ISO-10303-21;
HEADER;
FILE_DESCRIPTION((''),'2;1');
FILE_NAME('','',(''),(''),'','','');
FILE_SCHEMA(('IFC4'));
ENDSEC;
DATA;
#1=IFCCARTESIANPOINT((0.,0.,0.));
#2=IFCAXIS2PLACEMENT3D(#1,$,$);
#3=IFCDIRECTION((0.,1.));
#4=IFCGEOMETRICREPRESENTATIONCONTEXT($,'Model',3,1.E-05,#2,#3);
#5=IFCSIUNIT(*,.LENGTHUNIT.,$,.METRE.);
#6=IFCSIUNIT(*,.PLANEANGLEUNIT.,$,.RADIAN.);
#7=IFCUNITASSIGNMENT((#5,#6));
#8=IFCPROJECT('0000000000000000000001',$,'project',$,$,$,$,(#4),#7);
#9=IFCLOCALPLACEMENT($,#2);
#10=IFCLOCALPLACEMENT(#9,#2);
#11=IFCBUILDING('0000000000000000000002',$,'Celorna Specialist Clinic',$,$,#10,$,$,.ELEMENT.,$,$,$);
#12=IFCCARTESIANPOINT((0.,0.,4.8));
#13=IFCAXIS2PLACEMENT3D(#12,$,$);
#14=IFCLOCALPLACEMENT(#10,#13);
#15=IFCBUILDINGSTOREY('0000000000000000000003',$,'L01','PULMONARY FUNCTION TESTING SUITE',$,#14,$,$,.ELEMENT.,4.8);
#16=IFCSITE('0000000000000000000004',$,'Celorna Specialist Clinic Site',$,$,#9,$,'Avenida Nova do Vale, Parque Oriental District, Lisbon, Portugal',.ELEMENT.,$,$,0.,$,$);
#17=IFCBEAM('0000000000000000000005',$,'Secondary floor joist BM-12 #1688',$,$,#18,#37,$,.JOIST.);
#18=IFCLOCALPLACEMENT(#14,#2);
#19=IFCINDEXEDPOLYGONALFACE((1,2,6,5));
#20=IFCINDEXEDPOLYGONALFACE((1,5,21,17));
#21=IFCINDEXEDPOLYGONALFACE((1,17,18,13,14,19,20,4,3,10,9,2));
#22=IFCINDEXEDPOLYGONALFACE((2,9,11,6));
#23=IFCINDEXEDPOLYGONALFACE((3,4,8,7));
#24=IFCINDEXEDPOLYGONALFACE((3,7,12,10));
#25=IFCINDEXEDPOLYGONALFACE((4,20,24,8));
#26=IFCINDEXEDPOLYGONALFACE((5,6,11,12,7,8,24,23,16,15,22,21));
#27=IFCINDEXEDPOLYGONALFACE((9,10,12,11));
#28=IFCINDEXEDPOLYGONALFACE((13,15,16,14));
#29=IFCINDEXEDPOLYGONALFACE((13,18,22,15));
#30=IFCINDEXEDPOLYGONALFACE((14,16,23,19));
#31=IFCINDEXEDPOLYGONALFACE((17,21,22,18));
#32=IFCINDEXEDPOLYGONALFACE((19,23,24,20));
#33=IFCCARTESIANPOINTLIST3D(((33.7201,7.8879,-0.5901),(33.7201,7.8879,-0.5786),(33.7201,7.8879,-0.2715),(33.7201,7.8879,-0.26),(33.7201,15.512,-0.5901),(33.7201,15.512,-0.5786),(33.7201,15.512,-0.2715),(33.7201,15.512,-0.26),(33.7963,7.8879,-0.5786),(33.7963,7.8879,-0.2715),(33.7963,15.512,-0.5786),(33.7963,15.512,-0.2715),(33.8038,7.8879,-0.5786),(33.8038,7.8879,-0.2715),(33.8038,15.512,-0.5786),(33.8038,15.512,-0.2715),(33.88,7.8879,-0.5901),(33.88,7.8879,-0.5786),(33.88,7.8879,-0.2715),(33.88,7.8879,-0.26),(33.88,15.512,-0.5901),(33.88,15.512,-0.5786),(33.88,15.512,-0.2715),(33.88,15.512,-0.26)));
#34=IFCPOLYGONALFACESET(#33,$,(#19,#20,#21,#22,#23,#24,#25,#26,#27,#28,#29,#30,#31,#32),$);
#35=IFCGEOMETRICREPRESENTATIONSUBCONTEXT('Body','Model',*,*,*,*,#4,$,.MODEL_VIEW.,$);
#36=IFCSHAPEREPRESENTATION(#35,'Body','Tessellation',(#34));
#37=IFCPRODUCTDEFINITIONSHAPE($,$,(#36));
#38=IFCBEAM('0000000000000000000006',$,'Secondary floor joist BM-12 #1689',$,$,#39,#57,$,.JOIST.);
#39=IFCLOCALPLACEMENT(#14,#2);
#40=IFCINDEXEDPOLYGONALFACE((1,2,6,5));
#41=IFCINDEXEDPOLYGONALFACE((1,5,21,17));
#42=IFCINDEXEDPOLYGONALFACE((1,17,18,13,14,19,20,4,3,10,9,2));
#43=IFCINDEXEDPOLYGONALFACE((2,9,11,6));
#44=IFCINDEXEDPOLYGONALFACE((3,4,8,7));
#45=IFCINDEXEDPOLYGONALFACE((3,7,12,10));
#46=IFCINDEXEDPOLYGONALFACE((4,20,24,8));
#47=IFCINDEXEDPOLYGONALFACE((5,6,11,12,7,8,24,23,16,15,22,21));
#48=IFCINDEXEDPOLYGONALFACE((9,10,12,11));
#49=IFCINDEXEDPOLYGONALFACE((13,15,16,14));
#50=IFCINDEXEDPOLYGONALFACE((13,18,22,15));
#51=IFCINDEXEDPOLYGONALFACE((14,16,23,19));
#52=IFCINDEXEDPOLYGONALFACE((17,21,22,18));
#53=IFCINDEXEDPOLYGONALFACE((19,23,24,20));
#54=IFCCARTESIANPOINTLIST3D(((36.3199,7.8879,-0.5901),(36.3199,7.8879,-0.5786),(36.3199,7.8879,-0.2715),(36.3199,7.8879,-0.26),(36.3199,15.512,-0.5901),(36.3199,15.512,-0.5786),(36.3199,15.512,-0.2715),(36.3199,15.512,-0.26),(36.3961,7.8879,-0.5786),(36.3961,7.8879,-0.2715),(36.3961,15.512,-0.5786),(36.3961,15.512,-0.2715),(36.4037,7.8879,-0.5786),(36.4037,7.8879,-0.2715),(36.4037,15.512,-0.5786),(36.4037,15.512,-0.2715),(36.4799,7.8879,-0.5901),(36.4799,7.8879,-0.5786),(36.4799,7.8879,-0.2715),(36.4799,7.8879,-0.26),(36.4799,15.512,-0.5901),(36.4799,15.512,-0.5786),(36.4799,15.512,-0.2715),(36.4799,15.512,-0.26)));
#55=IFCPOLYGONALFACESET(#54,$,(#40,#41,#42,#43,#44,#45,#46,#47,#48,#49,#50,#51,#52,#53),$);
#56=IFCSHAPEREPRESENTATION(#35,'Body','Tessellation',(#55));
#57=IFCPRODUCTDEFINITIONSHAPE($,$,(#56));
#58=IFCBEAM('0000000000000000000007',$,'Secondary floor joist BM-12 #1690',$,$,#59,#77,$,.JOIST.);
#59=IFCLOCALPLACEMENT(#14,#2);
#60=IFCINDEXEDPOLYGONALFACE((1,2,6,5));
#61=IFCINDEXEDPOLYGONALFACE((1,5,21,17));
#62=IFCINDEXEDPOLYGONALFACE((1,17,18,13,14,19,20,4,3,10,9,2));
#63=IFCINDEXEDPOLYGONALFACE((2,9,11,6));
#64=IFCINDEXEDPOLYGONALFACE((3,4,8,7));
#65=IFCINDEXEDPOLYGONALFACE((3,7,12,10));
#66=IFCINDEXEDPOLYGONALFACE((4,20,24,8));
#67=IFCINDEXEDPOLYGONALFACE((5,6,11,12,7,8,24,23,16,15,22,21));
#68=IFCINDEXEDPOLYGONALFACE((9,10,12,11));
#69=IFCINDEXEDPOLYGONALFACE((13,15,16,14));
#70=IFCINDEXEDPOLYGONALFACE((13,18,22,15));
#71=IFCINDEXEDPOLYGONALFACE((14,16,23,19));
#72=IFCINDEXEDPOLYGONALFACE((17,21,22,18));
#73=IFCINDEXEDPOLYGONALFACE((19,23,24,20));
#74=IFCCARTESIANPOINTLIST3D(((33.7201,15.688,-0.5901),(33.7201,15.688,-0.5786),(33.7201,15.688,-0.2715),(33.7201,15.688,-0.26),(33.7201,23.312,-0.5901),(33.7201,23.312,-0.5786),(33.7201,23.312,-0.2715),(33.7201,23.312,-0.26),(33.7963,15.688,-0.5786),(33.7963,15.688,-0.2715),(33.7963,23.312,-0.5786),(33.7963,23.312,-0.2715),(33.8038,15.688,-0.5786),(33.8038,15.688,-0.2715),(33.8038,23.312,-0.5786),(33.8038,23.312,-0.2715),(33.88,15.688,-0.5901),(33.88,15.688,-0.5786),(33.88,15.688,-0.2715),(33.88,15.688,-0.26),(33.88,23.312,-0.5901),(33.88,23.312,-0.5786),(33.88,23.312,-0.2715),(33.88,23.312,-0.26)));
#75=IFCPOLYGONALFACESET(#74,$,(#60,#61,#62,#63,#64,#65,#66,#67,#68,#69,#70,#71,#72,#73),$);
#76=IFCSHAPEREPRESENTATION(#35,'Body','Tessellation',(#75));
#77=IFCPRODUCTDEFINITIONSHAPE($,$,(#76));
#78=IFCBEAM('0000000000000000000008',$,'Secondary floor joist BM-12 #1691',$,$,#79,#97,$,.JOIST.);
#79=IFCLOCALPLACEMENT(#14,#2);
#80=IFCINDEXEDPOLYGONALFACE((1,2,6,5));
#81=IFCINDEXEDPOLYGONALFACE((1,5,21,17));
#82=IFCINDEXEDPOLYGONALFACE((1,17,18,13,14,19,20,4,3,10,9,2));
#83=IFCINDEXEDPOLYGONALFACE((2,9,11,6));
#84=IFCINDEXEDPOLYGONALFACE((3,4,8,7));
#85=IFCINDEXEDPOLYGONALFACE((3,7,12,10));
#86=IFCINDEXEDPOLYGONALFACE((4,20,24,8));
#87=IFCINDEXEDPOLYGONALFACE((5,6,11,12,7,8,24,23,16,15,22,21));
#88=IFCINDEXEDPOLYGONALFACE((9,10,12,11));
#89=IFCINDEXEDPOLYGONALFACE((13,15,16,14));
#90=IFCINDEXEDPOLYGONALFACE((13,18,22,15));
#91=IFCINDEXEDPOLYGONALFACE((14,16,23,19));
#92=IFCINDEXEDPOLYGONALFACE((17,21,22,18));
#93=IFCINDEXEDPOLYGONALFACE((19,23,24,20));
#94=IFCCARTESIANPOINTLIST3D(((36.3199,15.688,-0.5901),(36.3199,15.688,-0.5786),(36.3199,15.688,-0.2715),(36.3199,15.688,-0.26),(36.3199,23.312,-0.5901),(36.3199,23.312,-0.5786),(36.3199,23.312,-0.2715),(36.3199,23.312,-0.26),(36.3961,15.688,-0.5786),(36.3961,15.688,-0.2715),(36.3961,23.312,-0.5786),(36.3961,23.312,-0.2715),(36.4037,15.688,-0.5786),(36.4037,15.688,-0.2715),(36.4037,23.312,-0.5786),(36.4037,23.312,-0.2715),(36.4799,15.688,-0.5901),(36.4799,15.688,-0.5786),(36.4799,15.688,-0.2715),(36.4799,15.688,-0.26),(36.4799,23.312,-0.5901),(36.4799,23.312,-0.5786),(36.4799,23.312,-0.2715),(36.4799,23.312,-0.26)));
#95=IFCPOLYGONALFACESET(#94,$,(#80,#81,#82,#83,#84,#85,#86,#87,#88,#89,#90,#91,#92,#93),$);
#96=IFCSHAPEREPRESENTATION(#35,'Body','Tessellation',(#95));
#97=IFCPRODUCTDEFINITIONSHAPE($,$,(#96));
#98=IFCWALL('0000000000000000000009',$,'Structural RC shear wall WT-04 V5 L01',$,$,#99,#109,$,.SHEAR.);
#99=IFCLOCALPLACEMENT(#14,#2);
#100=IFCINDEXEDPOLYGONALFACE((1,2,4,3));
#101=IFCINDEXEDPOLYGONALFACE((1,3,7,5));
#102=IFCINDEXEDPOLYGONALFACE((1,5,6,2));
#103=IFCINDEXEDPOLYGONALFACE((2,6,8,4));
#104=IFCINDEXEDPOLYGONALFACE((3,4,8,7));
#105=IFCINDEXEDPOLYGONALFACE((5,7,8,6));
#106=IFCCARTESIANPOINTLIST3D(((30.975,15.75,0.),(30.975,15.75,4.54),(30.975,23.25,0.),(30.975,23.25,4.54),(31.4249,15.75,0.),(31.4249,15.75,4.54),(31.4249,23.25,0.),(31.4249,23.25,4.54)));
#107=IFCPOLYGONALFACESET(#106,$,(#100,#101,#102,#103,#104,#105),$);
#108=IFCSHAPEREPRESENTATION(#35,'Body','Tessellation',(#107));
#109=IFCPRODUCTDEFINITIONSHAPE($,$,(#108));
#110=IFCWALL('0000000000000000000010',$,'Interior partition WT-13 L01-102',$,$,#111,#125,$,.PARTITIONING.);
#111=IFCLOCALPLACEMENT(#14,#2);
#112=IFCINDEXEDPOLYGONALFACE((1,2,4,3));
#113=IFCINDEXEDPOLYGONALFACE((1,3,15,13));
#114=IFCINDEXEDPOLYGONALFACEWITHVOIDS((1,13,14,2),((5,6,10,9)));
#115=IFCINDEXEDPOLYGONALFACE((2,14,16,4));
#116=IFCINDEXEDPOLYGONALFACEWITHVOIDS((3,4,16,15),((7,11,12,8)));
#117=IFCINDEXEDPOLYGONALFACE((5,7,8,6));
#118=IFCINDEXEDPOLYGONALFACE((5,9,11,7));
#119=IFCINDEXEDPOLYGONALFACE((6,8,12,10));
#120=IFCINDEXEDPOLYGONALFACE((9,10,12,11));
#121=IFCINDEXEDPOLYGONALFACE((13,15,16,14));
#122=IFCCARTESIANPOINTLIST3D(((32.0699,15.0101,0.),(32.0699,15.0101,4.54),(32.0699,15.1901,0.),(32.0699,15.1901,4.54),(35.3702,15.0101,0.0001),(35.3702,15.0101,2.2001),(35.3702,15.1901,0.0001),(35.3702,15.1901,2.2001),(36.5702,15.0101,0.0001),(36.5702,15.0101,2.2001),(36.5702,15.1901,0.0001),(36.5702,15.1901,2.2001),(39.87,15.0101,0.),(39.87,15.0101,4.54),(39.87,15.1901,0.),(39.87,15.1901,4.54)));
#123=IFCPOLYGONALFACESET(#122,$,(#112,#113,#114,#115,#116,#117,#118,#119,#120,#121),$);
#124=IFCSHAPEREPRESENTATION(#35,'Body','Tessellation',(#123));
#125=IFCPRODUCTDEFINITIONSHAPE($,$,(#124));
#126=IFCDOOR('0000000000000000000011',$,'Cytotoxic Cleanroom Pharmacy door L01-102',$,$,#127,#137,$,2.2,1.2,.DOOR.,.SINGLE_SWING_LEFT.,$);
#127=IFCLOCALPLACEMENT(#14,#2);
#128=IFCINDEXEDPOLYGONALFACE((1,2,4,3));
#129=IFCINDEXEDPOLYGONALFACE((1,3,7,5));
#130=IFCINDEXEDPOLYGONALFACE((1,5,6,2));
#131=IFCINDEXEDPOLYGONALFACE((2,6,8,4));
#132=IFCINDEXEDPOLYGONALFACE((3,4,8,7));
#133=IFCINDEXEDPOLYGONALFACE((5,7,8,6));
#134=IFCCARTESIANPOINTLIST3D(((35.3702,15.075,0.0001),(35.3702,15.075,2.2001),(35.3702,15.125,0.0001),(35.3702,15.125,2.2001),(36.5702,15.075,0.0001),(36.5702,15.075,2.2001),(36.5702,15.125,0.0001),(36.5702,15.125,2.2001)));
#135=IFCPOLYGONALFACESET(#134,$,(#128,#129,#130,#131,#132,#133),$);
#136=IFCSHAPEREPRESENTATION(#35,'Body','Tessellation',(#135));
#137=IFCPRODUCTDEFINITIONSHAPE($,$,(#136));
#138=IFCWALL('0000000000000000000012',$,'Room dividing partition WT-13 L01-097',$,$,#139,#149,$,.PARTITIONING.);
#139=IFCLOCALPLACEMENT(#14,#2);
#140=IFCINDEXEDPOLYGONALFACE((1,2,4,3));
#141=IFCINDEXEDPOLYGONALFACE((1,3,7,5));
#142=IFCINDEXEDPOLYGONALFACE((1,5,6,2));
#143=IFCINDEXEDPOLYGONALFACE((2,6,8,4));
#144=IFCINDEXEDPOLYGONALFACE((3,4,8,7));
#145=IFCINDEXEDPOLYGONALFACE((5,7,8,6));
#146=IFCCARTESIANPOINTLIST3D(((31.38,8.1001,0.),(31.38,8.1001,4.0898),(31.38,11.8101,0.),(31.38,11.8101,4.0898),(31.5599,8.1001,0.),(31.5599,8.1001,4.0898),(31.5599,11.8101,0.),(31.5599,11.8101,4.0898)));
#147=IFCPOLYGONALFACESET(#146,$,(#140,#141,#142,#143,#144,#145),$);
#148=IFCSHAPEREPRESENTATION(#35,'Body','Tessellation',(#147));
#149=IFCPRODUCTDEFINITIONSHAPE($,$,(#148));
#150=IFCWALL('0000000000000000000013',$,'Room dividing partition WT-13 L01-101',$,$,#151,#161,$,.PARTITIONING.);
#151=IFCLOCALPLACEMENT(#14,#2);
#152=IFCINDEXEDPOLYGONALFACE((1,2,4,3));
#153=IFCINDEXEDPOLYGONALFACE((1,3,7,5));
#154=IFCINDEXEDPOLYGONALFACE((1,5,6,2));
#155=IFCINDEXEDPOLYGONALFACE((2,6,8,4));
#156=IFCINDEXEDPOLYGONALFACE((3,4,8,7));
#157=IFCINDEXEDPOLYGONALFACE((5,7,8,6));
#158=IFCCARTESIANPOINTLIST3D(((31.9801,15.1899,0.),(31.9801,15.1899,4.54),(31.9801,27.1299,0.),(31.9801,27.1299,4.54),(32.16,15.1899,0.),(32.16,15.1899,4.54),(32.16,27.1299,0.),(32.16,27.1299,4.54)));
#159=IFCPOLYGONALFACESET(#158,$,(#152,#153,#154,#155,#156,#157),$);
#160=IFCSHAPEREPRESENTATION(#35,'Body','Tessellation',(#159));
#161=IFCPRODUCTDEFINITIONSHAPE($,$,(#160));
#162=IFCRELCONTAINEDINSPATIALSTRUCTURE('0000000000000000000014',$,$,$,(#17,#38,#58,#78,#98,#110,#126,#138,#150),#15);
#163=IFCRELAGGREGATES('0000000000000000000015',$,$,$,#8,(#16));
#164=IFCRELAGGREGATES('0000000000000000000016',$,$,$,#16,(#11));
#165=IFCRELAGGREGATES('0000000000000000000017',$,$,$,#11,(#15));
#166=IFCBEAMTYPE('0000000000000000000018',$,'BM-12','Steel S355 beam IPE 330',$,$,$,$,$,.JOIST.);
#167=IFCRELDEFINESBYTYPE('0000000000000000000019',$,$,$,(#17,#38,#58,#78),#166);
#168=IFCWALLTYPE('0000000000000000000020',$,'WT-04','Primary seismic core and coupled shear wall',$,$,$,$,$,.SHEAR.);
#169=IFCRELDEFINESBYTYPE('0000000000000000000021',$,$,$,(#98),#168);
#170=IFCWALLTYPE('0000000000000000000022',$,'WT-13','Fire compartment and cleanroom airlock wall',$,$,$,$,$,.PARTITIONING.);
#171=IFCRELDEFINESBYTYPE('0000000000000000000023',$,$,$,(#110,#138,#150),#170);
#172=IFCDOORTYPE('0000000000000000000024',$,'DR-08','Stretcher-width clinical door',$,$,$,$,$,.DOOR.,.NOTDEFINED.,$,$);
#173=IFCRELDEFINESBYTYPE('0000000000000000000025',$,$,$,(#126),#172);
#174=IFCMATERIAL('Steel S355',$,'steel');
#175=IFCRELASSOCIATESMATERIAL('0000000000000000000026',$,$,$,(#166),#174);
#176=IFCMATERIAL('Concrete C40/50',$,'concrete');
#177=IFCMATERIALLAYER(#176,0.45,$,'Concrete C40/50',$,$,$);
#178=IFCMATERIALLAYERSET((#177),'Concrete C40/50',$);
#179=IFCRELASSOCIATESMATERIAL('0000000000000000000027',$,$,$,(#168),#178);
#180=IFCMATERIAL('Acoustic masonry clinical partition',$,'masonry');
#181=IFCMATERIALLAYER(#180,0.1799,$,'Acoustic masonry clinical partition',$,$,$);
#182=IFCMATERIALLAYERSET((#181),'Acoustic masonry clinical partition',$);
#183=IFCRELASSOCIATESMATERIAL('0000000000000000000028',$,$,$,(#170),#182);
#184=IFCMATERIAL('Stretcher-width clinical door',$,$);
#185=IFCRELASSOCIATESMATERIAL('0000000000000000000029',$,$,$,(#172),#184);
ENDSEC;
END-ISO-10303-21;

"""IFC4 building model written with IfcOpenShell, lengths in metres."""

from ifc_helpers import new_model, si_unit, direction, frame, frame_2d, origin, origin_2d, place, context, subcontext, project, spatial, rectangle, i_section, extrude, material, layer, layer_set, material_profile, profile_set, type_object, element, fill, save


model = new_model("IFC4")

# Units and contexts
model_context = context("Model", 3, precision=1e-05, world=origin(), true_north=direction((0.0, 1.0)))
body_context = subcontext(model_context, "Body", "Model", "MODEL_VIEW")
ifc_project = project(units=[si_unit("LENGTHUNIT", "METRE"), si_unit("PLANEANGLEUNIT", "RADIAN")], contexts=[model_context])

# Site, building, storey
site_placement = place(None, origin())
site = spatial("IfcSite", under=ifc_project, at=site_placement, Name="Celorna Specialist Clinic Site", LongName="Avenida Nova do Vale, Parque Oriental District, Lisbon, Portugal", CompositionType="ELEMENT", RefElevation=0.0)
building_placement = place(site_placement, origin())
building = spatial("IfcBuilding", under=site, at=building_placement, Name="Celorna Specialist Clinic", CompositionType="ELEMENT")
storey_placement = place(building_placement, frame((0.0, 0.0, 4.8)))
storey = spatial("IfcBuildingStorey", under=building, at=storey_placement, Name="L01", Description="PULMONARY FUNCTION TESTING SUITE", CompositionType="ELEMENT", Elevation=4.8)

# Shared definitions
ifc_material_1 = material(Name="Concrete C40/50", Category="concrete")

# Beams
ifc_material_2 = material(Name="Steel S355", Category="steel")
ifc_material_profile_1 = material_profile(ifc_material_2, i_section(OverallWidth=0.1599, OverallDepth=0.3301, WebThickness=0.0076, FlangeThickness=0.0115, at=origin_2d()), Name="IPE 330")
ifc_profile_set_1 = profile_set([ifc_material_profile_1], Name="Steel S355")
beam_type_1 = type_object("IfcBeamType", Name="BM-12", Description="Steel S355 beam IPE 330", PredefinedType="JOIST", material=ifc_profile_set_1)
for number, where, z_axis, x_axis, name in (
    (1, (33.8, 7.8879, -0.425), (0.0, 1.0, 0.0), (-1.0, 0.0, 0.0), "Secondary floor joist BM-12 #1688"),
    (2, (36.3999, 7.8879, -0.425), (0.0, 1.0, 0.0), (-1.0, 0.0, 0.0), "Secondary floor joist BM-12 #1689"),
    (3, (33.8, 15.688, -0.425), (0.0, 1.0, 0.0), (-1.0, 0.0, 0.0), "Secondary floor joist BM-12 #1690"),
    (4, (36.3999, 15.688, -0.425), (0.0, 1.0, 0.0), (-1.0, 0.0, 0.0), "Secondary floor joist BM-12 #1691"),
):
    element("IfcBeam", number, at=place(storey_placement, frame(where, z_axis=z_axis, x_axis=x_axis)), inside=storey, type_object=beam_type_1, Name=name, PredefinedType="JOIST", context=body_context, shape_type="SweptSolid", body=[
        extrude(i_section(OverallWidth=0.1599, OverallDepth=0.3301, WebThickness=0.0076, FlangeThickness=0.0115, at=origin_2d()), origin(), (0.0, 0.0, 1.0), 7.624),
    ])

# Wall
ifc_layer_1 = layer(ifc_material_1, 0.45, Name="Concrete C40/50")
ifc_layer_set_1 = layer_set([ifc_layer_1], Name="Concrete C40/50")
wall_type_1 = type_object("IfcWallType", Name="WT-04", Description="Primary seismic core and coupled shear wall", PredefinedType="SHEAR", material=ifc_layer_set_1)
wall_1_placement = place(storey_placement, frame((31.2, 15.75, 0.0), z_axis=(0.0, 0.0, 1.0), x_axis=(0.0, 1.0, 0.0)))
element("IfcWall", 5, at=wall_1_placement, inside=storey, type_object=wall_type_1, Name="Structural RC shear wall WT-04 V5 L01", PredefinedType="SHEAR", context=body_context, shape_type="SweptSolid", body=[
    extrude(rectangle(XDim=7.5, YDim=0.45, at=frame_2d((3.75, 0.0))), origin(), (0.0, 0.0, 1.0), 4.54),
])

# Wall, opening, door
ifc_material_3 = material(Name="Acoustic masonry clinical partition", Category="masonry")
ifc_layer_2 = layer(ifc_material_3, 0.1799, Name="Acoustic masonry clinical partition")
ifc_layer_set_2 = layer_set([ifc_layer_2], Name="Acoustic masonry clinical partition")
wall_type_2 = type_object("IfcWallType", Name="WT-13", Description="Fire compartment and cleanroom airlock wall", PredefinedType="PARTITIONING", material=ifc_layer_set_2)
wall_2_placement = place(storey_placement, frame((32.0701, 15.1001, 0.0), z_axis=(0.0, 0.0, 1.0), x_axis=(1.0, 0.0, 0.0)))
wall_2 = element("IfcWall", 6, at=wall_2_placement, inside=storey, type_object=wall_type_2, Name="Interior partition WT-13 L01-102", PredefinedType="PARTITIONING", context=body_context, shape_type="SweptSolid", body=[
    extrude(rectangle(XDim=7.8, YDim=0.1799, at=frame_2d((3.8999, 0.0))), origin(), (0.0, 0.0, 1.0), 4.54),
])
opening_placement = place(wall_2_placement, frame((3.3, 0.0, 0.0)))
opening = element("IfcOpeningElement", 7, at=opening_placement, cuts=wall_2, PredefinedType="OPENING", context=body_context, shape_type="SweptSolid", body=[
    extrude(rectangle(XDim=1.2, YDim=2.2, at=frame_2d((0.6001, 1.1001))), frame((0.0, 0.0999, 0.0), z_axis=(0.0, -1.0, 0.0), x_axis=(1.0, 0.0, 0.0)), (0.0, 0.0, 1.0), 0.2),
])
ifc_material_4 = material(Name="Stretcher-width clinical door")
door_type = type_object("IfcDoorType", Name="DR-08", Description="Stretcher-width clinical door", OperationType="NOTDEFINED", PredefinedType="DOOR", material=ifc_material_4)
door_placement = place(opening_placement, origin())
door = element("IfcDoor", 8, at=door_placement, inside=storey, type_object=door_type, Name="Cytotoxic Cleanroom Pharmacy door L01-102", OperationType="SINGLE_SWING_LEFT", OverallHeight=2.2, OverallWidth=1.2, PredefinedType="DOOR", context=body_context, shape_type="SweptSolid", body=[
    extrude(rectangle(XDim=1.2, YDim=2.2, at=frame_2d((0.6001, 1.1001))), frame((0.0, 0.0249, 0.0), z_axis=(0.0, -1.0, 0.0), x_axis=(1.0, 0.0, 0.0)), (0.0, 0.0, 1.0), 0.05),
])
fill(opening, door)

# Walls
wall_3_placement = place(storey_placement, frame((31.47, 8.1001, 0.0), z_axis=(0.0, 0.0, 1.0), x_axis=(0.0, 1.0, 0.0)))
element("IfcWall", 9, at=wall_3_placement, inside=storey, type_object=wall_type_2, Name="Room dividing partition WT-13 L01-097", PredefinedType="PARTITIONING", context=body_context, shape_type="SweptSolid", body=[
    extrude(rectangle(XDim=3.71, YDim=0.1799, at=frame_2d((1.855, 0.0))), origin(), (0.0, 0.0, 1.0), 4.0898),
])
wall_4_placement = place(storey_placement, frame((32.0701, 15.1899, 0.0), z_axis=(0.0, 0.0, 1.0), x_axis=(0.0, 1.0, 0.0)))
element("IfcWall", 10, at=wall_4_placement, inside=storey, type_object=wall_type_2, Name="Room dividing partition WT-13 L01-101", PredefinedType="PARTITIONING", context=body_context, shape_type="SweptSolid", body=[
    extrude(rectangle(XDim=11.9399, YDim=0.1799, at=frame_2d((5.97, 0.0))), origin(), (0.0, 0.0, 1.0), 4.54),
])

save(model, "model.ifc")
